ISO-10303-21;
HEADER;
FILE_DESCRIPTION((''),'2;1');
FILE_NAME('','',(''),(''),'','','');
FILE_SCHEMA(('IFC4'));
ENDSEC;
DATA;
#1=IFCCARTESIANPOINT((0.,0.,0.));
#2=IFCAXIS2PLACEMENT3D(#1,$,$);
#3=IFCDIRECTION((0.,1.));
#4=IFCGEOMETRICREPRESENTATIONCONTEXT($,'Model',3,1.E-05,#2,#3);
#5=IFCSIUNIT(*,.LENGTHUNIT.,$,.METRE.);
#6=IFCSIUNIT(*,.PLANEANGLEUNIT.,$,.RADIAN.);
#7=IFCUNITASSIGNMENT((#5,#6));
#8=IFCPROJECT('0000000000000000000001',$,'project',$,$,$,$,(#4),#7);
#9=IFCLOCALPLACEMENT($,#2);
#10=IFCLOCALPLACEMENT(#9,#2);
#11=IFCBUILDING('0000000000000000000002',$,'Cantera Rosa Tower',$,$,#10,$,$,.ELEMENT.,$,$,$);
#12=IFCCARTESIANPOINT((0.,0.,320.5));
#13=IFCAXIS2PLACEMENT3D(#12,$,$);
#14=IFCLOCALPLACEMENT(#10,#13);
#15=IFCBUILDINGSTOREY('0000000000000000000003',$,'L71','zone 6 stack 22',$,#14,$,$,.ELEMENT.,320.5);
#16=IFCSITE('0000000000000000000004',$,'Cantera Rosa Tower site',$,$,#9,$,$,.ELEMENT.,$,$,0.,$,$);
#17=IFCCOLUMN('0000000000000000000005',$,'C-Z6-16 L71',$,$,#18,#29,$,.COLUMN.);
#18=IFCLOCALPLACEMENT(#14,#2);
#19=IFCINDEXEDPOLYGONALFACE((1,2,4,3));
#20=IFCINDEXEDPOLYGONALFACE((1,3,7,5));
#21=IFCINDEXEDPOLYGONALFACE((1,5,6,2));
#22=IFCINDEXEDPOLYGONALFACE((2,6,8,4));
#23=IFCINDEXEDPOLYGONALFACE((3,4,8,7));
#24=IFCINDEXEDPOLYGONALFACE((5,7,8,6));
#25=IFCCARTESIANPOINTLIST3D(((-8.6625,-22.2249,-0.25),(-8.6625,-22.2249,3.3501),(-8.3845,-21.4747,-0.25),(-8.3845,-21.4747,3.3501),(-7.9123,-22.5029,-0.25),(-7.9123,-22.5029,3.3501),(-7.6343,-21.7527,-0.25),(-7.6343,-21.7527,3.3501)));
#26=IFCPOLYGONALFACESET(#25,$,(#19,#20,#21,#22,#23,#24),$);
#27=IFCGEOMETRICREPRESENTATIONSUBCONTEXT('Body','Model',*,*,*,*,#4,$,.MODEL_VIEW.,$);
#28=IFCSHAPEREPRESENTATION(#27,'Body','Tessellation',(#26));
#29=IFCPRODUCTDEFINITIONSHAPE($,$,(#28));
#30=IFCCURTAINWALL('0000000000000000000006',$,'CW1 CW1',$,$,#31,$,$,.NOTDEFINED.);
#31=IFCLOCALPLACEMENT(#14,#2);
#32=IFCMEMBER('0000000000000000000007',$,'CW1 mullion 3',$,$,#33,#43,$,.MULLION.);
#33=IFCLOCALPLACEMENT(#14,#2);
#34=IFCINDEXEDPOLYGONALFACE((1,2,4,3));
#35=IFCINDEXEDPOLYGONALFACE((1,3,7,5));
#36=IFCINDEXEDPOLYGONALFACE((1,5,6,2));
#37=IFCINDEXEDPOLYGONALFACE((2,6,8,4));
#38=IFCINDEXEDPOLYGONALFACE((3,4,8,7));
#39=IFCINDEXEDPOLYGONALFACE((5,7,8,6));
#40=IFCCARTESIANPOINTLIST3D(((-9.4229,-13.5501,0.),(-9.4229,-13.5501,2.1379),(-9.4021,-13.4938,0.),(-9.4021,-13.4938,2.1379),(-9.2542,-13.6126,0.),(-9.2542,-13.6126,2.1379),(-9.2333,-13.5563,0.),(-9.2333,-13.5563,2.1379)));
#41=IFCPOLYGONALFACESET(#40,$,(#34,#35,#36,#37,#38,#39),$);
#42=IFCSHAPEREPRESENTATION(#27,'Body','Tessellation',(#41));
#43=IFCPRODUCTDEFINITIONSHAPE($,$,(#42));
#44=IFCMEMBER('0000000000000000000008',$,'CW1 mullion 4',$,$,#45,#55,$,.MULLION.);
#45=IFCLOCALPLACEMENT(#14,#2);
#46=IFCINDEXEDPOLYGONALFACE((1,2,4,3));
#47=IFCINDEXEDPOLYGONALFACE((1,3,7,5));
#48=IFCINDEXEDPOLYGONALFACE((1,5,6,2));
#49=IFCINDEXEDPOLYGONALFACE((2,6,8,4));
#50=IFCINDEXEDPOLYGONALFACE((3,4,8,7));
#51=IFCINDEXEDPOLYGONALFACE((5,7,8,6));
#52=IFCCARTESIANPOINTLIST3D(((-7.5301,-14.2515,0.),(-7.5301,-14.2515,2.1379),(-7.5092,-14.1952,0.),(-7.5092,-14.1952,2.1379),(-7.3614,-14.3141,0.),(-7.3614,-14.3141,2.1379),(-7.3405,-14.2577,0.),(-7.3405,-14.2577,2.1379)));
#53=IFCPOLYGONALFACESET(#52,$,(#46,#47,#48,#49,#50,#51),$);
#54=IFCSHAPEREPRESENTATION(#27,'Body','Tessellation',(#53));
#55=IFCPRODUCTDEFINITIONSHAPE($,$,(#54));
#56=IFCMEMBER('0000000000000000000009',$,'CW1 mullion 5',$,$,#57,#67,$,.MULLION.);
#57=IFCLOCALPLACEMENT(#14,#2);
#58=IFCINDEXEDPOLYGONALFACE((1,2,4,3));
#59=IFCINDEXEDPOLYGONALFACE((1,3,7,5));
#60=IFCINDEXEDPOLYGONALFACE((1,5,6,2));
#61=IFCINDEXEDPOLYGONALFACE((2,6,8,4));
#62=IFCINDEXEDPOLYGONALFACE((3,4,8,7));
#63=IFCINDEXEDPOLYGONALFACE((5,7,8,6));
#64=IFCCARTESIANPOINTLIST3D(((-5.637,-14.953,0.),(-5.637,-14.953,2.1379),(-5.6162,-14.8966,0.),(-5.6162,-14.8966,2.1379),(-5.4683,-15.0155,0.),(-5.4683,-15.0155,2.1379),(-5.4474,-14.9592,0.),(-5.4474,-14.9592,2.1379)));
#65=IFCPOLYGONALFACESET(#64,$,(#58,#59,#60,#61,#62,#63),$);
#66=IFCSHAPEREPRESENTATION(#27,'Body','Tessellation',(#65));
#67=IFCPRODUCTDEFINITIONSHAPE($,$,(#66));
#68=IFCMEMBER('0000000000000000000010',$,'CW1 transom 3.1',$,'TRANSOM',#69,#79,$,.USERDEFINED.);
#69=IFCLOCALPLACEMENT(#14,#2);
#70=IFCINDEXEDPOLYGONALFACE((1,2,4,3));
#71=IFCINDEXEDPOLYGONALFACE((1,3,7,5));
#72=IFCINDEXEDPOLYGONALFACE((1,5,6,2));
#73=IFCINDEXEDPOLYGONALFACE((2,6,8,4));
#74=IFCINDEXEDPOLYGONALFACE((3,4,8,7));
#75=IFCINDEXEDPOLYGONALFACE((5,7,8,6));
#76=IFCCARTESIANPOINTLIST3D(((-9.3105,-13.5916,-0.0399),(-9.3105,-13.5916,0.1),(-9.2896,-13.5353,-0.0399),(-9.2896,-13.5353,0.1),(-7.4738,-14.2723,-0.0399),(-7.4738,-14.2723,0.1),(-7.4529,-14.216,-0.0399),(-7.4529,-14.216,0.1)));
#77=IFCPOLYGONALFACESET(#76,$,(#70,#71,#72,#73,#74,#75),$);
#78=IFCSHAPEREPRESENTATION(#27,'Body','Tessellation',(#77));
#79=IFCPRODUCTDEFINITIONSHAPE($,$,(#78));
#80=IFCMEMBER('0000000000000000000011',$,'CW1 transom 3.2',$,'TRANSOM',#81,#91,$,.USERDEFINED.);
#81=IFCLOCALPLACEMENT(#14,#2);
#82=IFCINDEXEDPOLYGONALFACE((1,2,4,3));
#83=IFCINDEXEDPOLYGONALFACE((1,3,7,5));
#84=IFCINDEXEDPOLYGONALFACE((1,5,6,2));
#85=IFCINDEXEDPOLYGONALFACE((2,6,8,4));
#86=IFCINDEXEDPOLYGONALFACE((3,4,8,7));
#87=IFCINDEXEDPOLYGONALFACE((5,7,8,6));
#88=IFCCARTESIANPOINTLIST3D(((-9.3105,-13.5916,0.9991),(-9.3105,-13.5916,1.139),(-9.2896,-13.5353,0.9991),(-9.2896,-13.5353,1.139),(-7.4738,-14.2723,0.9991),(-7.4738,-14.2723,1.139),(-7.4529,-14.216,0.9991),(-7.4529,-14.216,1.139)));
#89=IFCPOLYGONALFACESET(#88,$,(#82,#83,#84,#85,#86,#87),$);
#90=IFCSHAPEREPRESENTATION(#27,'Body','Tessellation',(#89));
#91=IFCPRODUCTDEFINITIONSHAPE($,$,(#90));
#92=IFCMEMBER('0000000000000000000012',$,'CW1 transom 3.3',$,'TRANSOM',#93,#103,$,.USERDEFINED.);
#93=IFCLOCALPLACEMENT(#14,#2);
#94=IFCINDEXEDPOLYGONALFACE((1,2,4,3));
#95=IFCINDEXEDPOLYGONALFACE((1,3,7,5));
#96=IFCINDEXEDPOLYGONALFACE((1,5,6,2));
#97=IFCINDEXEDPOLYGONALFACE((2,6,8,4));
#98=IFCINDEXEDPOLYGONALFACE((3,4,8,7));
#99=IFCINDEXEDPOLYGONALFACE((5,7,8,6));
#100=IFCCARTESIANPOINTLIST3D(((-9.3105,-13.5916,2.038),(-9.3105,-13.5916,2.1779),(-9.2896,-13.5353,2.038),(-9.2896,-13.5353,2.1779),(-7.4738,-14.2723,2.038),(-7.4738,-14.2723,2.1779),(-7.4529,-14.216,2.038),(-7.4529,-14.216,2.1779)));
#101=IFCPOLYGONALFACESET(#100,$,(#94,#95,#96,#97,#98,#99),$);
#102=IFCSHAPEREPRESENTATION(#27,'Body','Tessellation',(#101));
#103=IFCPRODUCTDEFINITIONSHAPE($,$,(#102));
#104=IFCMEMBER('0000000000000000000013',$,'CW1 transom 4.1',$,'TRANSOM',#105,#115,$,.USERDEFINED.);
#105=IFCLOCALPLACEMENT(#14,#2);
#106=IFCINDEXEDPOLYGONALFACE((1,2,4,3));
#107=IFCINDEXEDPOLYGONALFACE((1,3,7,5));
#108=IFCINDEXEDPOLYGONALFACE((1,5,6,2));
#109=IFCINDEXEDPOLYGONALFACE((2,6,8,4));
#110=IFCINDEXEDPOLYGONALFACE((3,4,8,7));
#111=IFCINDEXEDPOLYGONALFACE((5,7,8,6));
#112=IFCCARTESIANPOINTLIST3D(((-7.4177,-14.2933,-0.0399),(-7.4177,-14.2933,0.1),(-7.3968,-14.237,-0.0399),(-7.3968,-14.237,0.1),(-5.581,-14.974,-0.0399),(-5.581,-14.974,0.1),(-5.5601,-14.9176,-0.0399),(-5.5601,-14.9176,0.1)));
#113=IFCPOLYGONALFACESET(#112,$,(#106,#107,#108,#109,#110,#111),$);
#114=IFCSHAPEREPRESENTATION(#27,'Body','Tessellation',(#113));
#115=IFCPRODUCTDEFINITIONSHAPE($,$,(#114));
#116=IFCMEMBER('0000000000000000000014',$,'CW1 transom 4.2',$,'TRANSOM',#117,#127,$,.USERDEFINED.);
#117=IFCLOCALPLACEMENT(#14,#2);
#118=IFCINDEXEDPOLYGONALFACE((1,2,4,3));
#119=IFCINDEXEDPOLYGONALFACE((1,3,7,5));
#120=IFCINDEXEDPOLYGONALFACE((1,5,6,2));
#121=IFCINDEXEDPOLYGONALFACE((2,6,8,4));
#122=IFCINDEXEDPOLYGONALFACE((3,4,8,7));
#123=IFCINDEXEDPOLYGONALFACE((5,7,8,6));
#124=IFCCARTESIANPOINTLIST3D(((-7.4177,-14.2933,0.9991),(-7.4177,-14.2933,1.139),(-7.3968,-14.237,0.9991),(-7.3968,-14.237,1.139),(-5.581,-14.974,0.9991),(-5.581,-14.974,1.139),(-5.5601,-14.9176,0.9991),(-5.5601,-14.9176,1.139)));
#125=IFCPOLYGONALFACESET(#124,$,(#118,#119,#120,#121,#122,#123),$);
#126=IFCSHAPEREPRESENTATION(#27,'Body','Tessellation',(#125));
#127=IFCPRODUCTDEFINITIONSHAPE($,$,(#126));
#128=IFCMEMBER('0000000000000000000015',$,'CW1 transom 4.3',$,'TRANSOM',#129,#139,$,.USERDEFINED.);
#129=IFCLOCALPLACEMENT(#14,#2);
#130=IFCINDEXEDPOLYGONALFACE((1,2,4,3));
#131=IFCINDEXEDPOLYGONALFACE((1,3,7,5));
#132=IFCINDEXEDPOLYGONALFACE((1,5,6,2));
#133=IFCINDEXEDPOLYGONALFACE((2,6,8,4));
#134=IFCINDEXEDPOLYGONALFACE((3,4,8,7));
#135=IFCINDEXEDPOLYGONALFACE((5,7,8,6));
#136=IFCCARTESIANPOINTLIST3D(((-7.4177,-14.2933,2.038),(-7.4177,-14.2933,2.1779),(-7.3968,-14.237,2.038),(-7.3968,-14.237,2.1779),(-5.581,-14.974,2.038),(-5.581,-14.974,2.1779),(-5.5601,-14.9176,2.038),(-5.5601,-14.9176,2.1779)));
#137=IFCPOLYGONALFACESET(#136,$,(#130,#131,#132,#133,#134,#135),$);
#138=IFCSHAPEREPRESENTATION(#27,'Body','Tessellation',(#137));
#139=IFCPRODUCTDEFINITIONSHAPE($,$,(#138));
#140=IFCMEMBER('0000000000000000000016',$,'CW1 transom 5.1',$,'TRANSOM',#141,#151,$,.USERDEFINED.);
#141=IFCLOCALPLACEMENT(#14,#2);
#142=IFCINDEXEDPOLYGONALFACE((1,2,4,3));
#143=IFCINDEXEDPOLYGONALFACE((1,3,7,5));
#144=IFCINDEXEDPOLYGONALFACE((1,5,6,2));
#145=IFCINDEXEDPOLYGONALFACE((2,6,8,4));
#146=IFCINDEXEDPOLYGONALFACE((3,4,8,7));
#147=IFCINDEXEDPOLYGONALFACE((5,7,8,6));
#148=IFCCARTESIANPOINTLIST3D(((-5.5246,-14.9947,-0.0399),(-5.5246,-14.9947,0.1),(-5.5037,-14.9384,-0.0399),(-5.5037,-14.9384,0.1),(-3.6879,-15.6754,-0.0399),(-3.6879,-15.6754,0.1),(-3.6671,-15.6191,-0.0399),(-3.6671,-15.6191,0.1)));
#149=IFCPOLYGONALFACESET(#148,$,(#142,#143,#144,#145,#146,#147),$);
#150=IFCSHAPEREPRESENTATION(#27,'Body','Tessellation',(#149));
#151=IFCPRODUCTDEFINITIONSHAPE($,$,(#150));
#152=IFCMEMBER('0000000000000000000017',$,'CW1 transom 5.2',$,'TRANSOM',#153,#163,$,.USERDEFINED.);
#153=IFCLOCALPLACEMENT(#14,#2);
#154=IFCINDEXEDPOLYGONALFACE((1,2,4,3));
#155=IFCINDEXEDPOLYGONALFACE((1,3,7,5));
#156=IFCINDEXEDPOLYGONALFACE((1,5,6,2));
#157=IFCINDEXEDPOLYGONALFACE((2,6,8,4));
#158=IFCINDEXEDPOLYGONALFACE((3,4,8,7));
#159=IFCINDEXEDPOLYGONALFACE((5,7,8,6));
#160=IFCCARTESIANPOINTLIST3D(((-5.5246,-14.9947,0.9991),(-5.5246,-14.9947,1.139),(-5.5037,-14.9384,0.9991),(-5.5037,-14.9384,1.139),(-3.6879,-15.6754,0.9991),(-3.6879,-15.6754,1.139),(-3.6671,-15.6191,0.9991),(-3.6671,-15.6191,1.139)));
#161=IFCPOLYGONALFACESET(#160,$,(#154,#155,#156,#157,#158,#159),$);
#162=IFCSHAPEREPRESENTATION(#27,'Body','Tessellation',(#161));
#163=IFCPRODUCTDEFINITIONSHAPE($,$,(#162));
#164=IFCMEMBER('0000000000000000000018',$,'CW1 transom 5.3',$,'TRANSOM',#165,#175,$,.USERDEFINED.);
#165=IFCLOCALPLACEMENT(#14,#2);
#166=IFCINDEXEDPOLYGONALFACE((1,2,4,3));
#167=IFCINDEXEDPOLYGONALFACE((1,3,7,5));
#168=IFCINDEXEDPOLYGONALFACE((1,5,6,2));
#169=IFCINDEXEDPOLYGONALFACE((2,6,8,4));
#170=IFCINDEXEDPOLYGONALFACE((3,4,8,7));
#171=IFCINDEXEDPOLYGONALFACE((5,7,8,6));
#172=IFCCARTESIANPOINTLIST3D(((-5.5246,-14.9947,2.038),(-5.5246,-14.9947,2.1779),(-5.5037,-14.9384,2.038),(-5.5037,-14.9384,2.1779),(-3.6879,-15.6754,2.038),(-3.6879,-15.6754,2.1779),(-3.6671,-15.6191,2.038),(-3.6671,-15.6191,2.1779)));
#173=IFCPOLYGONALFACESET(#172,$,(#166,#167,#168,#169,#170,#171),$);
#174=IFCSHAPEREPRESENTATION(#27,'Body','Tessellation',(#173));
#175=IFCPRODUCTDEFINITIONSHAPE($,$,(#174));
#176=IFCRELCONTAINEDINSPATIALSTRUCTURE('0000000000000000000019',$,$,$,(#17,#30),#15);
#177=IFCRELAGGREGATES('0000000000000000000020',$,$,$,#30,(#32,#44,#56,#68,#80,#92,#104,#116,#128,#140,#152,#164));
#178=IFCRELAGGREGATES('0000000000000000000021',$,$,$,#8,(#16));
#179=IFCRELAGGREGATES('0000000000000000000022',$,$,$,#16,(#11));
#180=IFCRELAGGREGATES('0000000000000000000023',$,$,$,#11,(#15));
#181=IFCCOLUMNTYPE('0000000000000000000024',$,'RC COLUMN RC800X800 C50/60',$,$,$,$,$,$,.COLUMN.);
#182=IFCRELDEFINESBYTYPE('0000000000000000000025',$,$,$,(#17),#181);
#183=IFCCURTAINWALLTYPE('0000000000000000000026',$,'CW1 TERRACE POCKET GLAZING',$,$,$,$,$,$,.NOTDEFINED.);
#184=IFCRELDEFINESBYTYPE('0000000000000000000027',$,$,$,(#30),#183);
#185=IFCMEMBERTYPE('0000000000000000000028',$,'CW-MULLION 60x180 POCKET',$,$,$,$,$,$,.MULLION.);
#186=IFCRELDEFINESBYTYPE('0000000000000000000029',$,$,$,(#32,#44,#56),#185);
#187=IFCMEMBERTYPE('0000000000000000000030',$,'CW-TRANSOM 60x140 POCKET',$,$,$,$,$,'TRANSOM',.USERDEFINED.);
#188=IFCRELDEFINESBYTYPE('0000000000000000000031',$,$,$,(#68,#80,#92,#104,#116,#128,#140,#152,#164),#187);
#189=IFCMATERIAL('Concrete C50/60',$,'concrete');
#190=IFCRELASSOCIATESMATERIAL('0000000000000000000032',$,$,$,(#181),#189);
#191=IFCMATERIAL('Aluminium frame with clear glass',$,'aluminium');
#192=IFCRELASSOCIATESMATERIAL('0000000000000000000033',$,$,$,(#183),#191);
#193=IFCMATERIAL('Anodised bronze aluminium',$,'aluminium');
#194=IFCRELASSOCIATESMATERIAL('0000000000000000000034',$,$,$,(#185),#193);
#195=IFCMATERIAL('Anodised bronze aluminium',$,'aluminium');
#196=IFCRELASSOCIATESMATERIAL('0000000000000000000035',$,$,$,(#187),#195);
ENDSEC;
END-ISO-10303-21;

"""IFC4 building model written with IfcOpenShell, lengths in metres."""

from ifc_helpers import new_model, si_unit, direction, frame, origin, origin_2d, place, context, subcontext, project, spatial, rectangle, extrude, material, material_profile, profile_set, type_object, element, aggregate, save


model = new_model("IFC4")

# Units and contexts
model_context = context("Model", 3, precision=1e-05, world=origin(), true_north=direction((0.0, 1.0)))
body_context = subcontext(model_context, "Body", "Model", "MODEL_VIEW")
ifc_project = project(units=[si_unit("LENGTHUNIT", "METRE"), si_unit("PLANEANGLEUNIT", "RADIAN")], contexts=[model_context])

# Site, building, storey
site_placement = place(None, origin())
site = spatial("IfcSite", under=ifc_project, at=site_placement, Name="Cantera Rosa Tower site", CompositionType="ELEMENT", RefElevation=0.0)
building_placement = place(site_placement, origin())
building = spatial("IfcBuilding", under=site, at=building_placement, Name="Cantera Rosa Tower", CompositionType="ELEMENT")
storey_placement = place(building_placement, frame((0.0, 0.0, 320.5)))
storey = spatial("IfcBuildingStorey", under=building, at=storey_placement, Name="L71", Description="zone 6 stack 22", CompositionType="ELEMENT", Elevation=320.5)

# Column
ifc_material_1 = material(Name="Concrete C50/60", Category="concrete")
ifc_material_profile_1 = material_profile(ifc_material_1, rectangle(XDim=0.8, YDim=0.8, at=origin_2d()), Name="RC COLUMN RC800X800 C50/60")
ifc_profile_set_1 = profile_set([ifc_material_profile_1], Name="Concrete C50/60")
column_type = type_object("IfcColumnType", Name="RC COLUMN RC800X800 C50/60", PredefinedType="COLUMN", material=ifc_profile_set_1)
column_placement = place(storey_placement, frame((-8.1484, -21.9888, -0.25), z_axis=(0.0, 0.0, 1.0), x_axis=(0.347481, 0.937687, 0.0)))
element("IfcColumn", 1, at=column_placement, inside=storey, type_object=column_type, Name="C-Z6-16 L71", PredefinedType="COLUMN", context=body_context, shape_type="SweptSolid", body=[
    extrude(rectangle(XDim=0.8, YDim=0.8, at=origin_2d()), origin(), (0.0, 0.0, 1.0), 3.6001),
])

# Curtain wall, members
ifc_material_2 = material(Name="Aluminium frame with clear glass", Category="aluminium")
curtain_wall_type = type_object("IfcCurtainWallType", Name="CW1 TERRACE POCKET GLAZING", PredefinedType="NOTDEFINED", material=ifc_material_2)
curtain_wall_placement = place(storey_placement, origin())
curtain_wall = element("IfcCurtainWall", 2, at=curtain_wall_placement, inside=storey, type_object=curtain_wall_type, Name="CW1 CW1", PredefinedType="NOTDEFINED")
ifc_material_3 = material(Name="Anodised bronze aluminium", Category="aluminium")
ifc_material_profile_2 = material_profile(ifc_material_3, rectangle(XDim=0.0601, YDim=0.1799, at=origin_2d()), Name="CW-MULLION 60x180 POCKET")
ifc_profile_set_2 = profile_set([ifc_material_profile_2], Name="Anodised bronze aluminium")
member_type_1 = type_object("IfcMemberType", Name="CW-MULLION 60x180 POCKET", PredefinedType="MULLION", material=ifc_profile_set_2)
member_1_placement = place(storey_placement, frame((-9.3281, -13.5532, 0.0), z_axis=(0.0, 0.0, 1.0), x_axis=(0.347481, 0.937687, 0.0)))
member_1 = element("IfcMember", 3, at=member_1_placement, type_object=member_type_1, Name="CW1 mullion 3", PredefinedType="MULLION", context=body_context, shape_type="SweptSolid", body=[
    extrude(rectangle(XDim=0.0601, YDim=0.1799, at=origin_2d()), origin(), (0.0, 0.0, 1.0), 2.1379),
])
member_2_placement = place(storey_placement, frame((-7.4353, -14.2546, 0.0), z_axis=(0.0, 0.0, 1.0), x_axis=(0.347481, 0.937687, 0.0)))
member_2 = element("IfcMember", 4, at=member_2_placement, type_object=member_type_1, Name="CW1 mullion 4", PredefinedType="MULLION", context=body_context, shape_type="SweptSolid", body=[
    extrude(rectangle(XDim=0.0601, YDim=0.1799, at=origin_2d()), origin(), (0.0, 0.0, 1.0), 2.1379),
])
member_3_placement = place(storey_placement, frame((-5.5422, -14.9561, 0.0), z_axis=(0.0, 0.0, 1.0), x_axis=(0.347481, 0.937687, 0.0)))
member_3 = element("IfcMember", 5, at=member_3_placement, type_object=member_type_1, Name="CW1 mullion 5", PredefinedType="MULLION", context=body_context, shape_type="SweptSolid", body=[
    extrude(rectangle(XDim=0.0601, YDim=0.1799, at=origin_2d()), origin(), (0.0, 0.0, 1.0), 2.1379),
])
ifc_material_4 = material(Name="Anodised bronze aluminium", Category="aluminium")
ifc_material_profile_3 = material_profile(ifc_material_4, rectangle(XDim=0.0601, YDim=0.1399, at=origin_2d()), Name="CW-TRANSOM 60x140 POCKET")
ifc_profile_set_3 = profile_set([ifc_material_profile_3], Name="Anodised bronze aluminium")
member_type_2 = type_object("IfcMemberType", Name="CW-TRANSOM 60x140 POCKET", ElementType="TRANSOM", PredefinedType="USERDEFINED", material=ifc_profile_set_3)
member_4_placement = place(storey_placement, frame((-9.3, -13.5635, 0.03), z_axis=(0.93768, -0.347501, 0.0), x_axis=(0.347501, 0.93768, 0.0)))
member_4 = element("IfcMember", 6, at=member_4_placement, type_object=member_type_2, Name="CW1 transom 3.1", ObjectType="TRANSOM", PredefinedType="USERDEFINED", context=body_context, shape_type="SweptSolid", body=[
    extrude(rectangle(XDim=0.0601, YDim=0.1399, at=origin_2d()), origin(), (0.0, 0.0, 1.0), 1.9587),
])
member_5_placement = place(storey_placement, frame((-9.3, -13.5635, 1.0691), z_axis=(0.93768, -0.347501, 0.0), x_axis=(0.347501, 0.93768, 0.0)))
member_5 = element("IfcMember", 7, at=member_5_placement, type_object=member_type_2, Name="CW1 transom 3.2", ObjectType="TRANSOM", PredefinedType="USERDEFINED", context=body_context, shape_type="SweptSolid", body=[
    extrude(rectangle(XDim=0.0601, YDim=0.1399, at=origin_2d()), origin(), (0.0, 0.0, 1.0), 1.9587),
])
member_6_placement = place(storey_placement, frame((-9.3, -13.5635, 2.1079), z_axis=(0.93768, -0.347501, 0.0), x_axis=(0.347501, 0.93768, 0.0)))
member_6 = element("IfcMember", 8, at=member_6_placement, type_object=member_type_2, Name="CW1 transom 3.3", ObjectType="TRANSOM", PredefinedType="USERDEFINED", context=body_context, shape_type="SweptSolid", body=[
    extrude(rectangle(XDim=0.0601, YDim=0.1399, at=origin_2d()), origin(), (0.0, 0.0, 1.0), 1.9587),
])
member_7_placement = place(storey_placement, frame((-7.4072, -14.2651, 0.03), z_axis=(0.93768, -0.347501, 0.0), x_axis=(0.347501, 0.93768, 0.0)))
member_7 = element("IfcMember", 9, at=member_7_placement, type_object=member_type_2, Name="CW1 transom 4.1", ObjectType="TRANSOM", PredefinedType="USERDEFINED", context=body_context, shape_type="SweptSolid", body=[
    extrude(rectangle(XDim=0.0601, YDim=0.1399, at=origin_2d()), origin(), (0.0, 0.0, 1.0), 1.9587),
])
member_8_placement = place(storey_placement, frame((-7.4072, -14.2651, 1.0691), z_axis=(0.93768, -0.347501, 0.0), x_axis=(0.347501, 0.93768, 0.0)))
member_8 = element("IfcMember", 10, at=member_8_placement, type_object=member_type_2, Name="CW1 transom 4.2", ObjectType="TRANSOM", PredefinedType="USERDEFINED", context=body_context, shape_type="SweptSolid", body=[
    extrude(rectangle(XDim=0.0601, YDim=0.1399, at=origin_2d()), origin(), (0.0, 0.0, 1.0), 1.9587),
])
member_9_placement = place(storey_placement, frame((-7.4072, -14.2651, 2.1079), z_axis=(0.93768, -0.347501, 0.0), x_axis=(0.347501, 0.93768, 0.0)))
member_9 = element("IfcMember", 11, at=member_9_placement, type_object=member_type_2, Name="CW1 transom 4.3", ObjectType="TRANSOM", PredefinedType="USERDEFINED", context=body_context, shape_type="SweptSolid", body=[
    extrude(rectangle(XDim=0.0601, YDim=0.1399, at=origin_2d()), origin(), (0.0, 0.0, 1.0), 1.9587),
])
member_10_placement = place(storey_placement, frame((-5.5142, -14.9666, 0.03), z_axis=(0.93768, -0.347501, 0.0), x_axis=(0.347501, 0.93768, 0.0)))
member_10 = element("IfcMember", 12, at=member_10_placement, type_object=member_type_2, Name="CW1 transom 5.1", ObjectType="TRANSOM", PredefinedType="USERDEFINED", context=body_context, shape_type="SweptSolid", body=[
    extrude(rectangle(XDim=0.0601, YDim=0.1399, at=origin_2d()), origin(), (0.0, 0.0, 1.0), 1.9587),
])
member_11_placement = place(storey_placement, frame((-5.5142, -14.9666, 1.0691), z_axis=(0.93768, -0.347501, 0.0), x_axis=(0.347501, 0.93768, 0.0)))
member_11 = element("IfcMember", 13, at=member_11_placement, type_object=member_type_2, Name="CW1 transom 5.2", ObjectType="TRANSOM", PredefinedType="USERDEFINED", context=body_context, shape_type="SweptSolid", body=[
    extrude(rectangle(XDim=0.0601, YDim=0.1399, at=origin_2d()), origin(), (0.0, 0.0, 1.0), 1.9587),
])
member_12_placement = place(storey_placement, frame((-5.5142, -14.9666, 2.1079), z_axis=(0.93768, -0.347501, 0.0), x_axis=(0.347501, 0.93768, 0.0)))
member_12 = element("IfcMember", 14, at=member_12_placement, type_object=member_type_2, Name="CW1 transom 5.3", ObjectType="TRANSOM", PredefinedType="USERDEFINED", context=body_context, shape_type="SweptSolid", body=[
    extrude(rectangle(XDim=0.0601, YDim=0.1399, at=origin_2d()), origin(), (0.0, 0.0, 1.0), 1.9587),
])

aggregate(curtain_wall, [member_1, member_2, member_3, member_4, member_5, member_6, member_7, member_8, member_9, member_10, member_11, member_12])

save(model, "model.ifc")
